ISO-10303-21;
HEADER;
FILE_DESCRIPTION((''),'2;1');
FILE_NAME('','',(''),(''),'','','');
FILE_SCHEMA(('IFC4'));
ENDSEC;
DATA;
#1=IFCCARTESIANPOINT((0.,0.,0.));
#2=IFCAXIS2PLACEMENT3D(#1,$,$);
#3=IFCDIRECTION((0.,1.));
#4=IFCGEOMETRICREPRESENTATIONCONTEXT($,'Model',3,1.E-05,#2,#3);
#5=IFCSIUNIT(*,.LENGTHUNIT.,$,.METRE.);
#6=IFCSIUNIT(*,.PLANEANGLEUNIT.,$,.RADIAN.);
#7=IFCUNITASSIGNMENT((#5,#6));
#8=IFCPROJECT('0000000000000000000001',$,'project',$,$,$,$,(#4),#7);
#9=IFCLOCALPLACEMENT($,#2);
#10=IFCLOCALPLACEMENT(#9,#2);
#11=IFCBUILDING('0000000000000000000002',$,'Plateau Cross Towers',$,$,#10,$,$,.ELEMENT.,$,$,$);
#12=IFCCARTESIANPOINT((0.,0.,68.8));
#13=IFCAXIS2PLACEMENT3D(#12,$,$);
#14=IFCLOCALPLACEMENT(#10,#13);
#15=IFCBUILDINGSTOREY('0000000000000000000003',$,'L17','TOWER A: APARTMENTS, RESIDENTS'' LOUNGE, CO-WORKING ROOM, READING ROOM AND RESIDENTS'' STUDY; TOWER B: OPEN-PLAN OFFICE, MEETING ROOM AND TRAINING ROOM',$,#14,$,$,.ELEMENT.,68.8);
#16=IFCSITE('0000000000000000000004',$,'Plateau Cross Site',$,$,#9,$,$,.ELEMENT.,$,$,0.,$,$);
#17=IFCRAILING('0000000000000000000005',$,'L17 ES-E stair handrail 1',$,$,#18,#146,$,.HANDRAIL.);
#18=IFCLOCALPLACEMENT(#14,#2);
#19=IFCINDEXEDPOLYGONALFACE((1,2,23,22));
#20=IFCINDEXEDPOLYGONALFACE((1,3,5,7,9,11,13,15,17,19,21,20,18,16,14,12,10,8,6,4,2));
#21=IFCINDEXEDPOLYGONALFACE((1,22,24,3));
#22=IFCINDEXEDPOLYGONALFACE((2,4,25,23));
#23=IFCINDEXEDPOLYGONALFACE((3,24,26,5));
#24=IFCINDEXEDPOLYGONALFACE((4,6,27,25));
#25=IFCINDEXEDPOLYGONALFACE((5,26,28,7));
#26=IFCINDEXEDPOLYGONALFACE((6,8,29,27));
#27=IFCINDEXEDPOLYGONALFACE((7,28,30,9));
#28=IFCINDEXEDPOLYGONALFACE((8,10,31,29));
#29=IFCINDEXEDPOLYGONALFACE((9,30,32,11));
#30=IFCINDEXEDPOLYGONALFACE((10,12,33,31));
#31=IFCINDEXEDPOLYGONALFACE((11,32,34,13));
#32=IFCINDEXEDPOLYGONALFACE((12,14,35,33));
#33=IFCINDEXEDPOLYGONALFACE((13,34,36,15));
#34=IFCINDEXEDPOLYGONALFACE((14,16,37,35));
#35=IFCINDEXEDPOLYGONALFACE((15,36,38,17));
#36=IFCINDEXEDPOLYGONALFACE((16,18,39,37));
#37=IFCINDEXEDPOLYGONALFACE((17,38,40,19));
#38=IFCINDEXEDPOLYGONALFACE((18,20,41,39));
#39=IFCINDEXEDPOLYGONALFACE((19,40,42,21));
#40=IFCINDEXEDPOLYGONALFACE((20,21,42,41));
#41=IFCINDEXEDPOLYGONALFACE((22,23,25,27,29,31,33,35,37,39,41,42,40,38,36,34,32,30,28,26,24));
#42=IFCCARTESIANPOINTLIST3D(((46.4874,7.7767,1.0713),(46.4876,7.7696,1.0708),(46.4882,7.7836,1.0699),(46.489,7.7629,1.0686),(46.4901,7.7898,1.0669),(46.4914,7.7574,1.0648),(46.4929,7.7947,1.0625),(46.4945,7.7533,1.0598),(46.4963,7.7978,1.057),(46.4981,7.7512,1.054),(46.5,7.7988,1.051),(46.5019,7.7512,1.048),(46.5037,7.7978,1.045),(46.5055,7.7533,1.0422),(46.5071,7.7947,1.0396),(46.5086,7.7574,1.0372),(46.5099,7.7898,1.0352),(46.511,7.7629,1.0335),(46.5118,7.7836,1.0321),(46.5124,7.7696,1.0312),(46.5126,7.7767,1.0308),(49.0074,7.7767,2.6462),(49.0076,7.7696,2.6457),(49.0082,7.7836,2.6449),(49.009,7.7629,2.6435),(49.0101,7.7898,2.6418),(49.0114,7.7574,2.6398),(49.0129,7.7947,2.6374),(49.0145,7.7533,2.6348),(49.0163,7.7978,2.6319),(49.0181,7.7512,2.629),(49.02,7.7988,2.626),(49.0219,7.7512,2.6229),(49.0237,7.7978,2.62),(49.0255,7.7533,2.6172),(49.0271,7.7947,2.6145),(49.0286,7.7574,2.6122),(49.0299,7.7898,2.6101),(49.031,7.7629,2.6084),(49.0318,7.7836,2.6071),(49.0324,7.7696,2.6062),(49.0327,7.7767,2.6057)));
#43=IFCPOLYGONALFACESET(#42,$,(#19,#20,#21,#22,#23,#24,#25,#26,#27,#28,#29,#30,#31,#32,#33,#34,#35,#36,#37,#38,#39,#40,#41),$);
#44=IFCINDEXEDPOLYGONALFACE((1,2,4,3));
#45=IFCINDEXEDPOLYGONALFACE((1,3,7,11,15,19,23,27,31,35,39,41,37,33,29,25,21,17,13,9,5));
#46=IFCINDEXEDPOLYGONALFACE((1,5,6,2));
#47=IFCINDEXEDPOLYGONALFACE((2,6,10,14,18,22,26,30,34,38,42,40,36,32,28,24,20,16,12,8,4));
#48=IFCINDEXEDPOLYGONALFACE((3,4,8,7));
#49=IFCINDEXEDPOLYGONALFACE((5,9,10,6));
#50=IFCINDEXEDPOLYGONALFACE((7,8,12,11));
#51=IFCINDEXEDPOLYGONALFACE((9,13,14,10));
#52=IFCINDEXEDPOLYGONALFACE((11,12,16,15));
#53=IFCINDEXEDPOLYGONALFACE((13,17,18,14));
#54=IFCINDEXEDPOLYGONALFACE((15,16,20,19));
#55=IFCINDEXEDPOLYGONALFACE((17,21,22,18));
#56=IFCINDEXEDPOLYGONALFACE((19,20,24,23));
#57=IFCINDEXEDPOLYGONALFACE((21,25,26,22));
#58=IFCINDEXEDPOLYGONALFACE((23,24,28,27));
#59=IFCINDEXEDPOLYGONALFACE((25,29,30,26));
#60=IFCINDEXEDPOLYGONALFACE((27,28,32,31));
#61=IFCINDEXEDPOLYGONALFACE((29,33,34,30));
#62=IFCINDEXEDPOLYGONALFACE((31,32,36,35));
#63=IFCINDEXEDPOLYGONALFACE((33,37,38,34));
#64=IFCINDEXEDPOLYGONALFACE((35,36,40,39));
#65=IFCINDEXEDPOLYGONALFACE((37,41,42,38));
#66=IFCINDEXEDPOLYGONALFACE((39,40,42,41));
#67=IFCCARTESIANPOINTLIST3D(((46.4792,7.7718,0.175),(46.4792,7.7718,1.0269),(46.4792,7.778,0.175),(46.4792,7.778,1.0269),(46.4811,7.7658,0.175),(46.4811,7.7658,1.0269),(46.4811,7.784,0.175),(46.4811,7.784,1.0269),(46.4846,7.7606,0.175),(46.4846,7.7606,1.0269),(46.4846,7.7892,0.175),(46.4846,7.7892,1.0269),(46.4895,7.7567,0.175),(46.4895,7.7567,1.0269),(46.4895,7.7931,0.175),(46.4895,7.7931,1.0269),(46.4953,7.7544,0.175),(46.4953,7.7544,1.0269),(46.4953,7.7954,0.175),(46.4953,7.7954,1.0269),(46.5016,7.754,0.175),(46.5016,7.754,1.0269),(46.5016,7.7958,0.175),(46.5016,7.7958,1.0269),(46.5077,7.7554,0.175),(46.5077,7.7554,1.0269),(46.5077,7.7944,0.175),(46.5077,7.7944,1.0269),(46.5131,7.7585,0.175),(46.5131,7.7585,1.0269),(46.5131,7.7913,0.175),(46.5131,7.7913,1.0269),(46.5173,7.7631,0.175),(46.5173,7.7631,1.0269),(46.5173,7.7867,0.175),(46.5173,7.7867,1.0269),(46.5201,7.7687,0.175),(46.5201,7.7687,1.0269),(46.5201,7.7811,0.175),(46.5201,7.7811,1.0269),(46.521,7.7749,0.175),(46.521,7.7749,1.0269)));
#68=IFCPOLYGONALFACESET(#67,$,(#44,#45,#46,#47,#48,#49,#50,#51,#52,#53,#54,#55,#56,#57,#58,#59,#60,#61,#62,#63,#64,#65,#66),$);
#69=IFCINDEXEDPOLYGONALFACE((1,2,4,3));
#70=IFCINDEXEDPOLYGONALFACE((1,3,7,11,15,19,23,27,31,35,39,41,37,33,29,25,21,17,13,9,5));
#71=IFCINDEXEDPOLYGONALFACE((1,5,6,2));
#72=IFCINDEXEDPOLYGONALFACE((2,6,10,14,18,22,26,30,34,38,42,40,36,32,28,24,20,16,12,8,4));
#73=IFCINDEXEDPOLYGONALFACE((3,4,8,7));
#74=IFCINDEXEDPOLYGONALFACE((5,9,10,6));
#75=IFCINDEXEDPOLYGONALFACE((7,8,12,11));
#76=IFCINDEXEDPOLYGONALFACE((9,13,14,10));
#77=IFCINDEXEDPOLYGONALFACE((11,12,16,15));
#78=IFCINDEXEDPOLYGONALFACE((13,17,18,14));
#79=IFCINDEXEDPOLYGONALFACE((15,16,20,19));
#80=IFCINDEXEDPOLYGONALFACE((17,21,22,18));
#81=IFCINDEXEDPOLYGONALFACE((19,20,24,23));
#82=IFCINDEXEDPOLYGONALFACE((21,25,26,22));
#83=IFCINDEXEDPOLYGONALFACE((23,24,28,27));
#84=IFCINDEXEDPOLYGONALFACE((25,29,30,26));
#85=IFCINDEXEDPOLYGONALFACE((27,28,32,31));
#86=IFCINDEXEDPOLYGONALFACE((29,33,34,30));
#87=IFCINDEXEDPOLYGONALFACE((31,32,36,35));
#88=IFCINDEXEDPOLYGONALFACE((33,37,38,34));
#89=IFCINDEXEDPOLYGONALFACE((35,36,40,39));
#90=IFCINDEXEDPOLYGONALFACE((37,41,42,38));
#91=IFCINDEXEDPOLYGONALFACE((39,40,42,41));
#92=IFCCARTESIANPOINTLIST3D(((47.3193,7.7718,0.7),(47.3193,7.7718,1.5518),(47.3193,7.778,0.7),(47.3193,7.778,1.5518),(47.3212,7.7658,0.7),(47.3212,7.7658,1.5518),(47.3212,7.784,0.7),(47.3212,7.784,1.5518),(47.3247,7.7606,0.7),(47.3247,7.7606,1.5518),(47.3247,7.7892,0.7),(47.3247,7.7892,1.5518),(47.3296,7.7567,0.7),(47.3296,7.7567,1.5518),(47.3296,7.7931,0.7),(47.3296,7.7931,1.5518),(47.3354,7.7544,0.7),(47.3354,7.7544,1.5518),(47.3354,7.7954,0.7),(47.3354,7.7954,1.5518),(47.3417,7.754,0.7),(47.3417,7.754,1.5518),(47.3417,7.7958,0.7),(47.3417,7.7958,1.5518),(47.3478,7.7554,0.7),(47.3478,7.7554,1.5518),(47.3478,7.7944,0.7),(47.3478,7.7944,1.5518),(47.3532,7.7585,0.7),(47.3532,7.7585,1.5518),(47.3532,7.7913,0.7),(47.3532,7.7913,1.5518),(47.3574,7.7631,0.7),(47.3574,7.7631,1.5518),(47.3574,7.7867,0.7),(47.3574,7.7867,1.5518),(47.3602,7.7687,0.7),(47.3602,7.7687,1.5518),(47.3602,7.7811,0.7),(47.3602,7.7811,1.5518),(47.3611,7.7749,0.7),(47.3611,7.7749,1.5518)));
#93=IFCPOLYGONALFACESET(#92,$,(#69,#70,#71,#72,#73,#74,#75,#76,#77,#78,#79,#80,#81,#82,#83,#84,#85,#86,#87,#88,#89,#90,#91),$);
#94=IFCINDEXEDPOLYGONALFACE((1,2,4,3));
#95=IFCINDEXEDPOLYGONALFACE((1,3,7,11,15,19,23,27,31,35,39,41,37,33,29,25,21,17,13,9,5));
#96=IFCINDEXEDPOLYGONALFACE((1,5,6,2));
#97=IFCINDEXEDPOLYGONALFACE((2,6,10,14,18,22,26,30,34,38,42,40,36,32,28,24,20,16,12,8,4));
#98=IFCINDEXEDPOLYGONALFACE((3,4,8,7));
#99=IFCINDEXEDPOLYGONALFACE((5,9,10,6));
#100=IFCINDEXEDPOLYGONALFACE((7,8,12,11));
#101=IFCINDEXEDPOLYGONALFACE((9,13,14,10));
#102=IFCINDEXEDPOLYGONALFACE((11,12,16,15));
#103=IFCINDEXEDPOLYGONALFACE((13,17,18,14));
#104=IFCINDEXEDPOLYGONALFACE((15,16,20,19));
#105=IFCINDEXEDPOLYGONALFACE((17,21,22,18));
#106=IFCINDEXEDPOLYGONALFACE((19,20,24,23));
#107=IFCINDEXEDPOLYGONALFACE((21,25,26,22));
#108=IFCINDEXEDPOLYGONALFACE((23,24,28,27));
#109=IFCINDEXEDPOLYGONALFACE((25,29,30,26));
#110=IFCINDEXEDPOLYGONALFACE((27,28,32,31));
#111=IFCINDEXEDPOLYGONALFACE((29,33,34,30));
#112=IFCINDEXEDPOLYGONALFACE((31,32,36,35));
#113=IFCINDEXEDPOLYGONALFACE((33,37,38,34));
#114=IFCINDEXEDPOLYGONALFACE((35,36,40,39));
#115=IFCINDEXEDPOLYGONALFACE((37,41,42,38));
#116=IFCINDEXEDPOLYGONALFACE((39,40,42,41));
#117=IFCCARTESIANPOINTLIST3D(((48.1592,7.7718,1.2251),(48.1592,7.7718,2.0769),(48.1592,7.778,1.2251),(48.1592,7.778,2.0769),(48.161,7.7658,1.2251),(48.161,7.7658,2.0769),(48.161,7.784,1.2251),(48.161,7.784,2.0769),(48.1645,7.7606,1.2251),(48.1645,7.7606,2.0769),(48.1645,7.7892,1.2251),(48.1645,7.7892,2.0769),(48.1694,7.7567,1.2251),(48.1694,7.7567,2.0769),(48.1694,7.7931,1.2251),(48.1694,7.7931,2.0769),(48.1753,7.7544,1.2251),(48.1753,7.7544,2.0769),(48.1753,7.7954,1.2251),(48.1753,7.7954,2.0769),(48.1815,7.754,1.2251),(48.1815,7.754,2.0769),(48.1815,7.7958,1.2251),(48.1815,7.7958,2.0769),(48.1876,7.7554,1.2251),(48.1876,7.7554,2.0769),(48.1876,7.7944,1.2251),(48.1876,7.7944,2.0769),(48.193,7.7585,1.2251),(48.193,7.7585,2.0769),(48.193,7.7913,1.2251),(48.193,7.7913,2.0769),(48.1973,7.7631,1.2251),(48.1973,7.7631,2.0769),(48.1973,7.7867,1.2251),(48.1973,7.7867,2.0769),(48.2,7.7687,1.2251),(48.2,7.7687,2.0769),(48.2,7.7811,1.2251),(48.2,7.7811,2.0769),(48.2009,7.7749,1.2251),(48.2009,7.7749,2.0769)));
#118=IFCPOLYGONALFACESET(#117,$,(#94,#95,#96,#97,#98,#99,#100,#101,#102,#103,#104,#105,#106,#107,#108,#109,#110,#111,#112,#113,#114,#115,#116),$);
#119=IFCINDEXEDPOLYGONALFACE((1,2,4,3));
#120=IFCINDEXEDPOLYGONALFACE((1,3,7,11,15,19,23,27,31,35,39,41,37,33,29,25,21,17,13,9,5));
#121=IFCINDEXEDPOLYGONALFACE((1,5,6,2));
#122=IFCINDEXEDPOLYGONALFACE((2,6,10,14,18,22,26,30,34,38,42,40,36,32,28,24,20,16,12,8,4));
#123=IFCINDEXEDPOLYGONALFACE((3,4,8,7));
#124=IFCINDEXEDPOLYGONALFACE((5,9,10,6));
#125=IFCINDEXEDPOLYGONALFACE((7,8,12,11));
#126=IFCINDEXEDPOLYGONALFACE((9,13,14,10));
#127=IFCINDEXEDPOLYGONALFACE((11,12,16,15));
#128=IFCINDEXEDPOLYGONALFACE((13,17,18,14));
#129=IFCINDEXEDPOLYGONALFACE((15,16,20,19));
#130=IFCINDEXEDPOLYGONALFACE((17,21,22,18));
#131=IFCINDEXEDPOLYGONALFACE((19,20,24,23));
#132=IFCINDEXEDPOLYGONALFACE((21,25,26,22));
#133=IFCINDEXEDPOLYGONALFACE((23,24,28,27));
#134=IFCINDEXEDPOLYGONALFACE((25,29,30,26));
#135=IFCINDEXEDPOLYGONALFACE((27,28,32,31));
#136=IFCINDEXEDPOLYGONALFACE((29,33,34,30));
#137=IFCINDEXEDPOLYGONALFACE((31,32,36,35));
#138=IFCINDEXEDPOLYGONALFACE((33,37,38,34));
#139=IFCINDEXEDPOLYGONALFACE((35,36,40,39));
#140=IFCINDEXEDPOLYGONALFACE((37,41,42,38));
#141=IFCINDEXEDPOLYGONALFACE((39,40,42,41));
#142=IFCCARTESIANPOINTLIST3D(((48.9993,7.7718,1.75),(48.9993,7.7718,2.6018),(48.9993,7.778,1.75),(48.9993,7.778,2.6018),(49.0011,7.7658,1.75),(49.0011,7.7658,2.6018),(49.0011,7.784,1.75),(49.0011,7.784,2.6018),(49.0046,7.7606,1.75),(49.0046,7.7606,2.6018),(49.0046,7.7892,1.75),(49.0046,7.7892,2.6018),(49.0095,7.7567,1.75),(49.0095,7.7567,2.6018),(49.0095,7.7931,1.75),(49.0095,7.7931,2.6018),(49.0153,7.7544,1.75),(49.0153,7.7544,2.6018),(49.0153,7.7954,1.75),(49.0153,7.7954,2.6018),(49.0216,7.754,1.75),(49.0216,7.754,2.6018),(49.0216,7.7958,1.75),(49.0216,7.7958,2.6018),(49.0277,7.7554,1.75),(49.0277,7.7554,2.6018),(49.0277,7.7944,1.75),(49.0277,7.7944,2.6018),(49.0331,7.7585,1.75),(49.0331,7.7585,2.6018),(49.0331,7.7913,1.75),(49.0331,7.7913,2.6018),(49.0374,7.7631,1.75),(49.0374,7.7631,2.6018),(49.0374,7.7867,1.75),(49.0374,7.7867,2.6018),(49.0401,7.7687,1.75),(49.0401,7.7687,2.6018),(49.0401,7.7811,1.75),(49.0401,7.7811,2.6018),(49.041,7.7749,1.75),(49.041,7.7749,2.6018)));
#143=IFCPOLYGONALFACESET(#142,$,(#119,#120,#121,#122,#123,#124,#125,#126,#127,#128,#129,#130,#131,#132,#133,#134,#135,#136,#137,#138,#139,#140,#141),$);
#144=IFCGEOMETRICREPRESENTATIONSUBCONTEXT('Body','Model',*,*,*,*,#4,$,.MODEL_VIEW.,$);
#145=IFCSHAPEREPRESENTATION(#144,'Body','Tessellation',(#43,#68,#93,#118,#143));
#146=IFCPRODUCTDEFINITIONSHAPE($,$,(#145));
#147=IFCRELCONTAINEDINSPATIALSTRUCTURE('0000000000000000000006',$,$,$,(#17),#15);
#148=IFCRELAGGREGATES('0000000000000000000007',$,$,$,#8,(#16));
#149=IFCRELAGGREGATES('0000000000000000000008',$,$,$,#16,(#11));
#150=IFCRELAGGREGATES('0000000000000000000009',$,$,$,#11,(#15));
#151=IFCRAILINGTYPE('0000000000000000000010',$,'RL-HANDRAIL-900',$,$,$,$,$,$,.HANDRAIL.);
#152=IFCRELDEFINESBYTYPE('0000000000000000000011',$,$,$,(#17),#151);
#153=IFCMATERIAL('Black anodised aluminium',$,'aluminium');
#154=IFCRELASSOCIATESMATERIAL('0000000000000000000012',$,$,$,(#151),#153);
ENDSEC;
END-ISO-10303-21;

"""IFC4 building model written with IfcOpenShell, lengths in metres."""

from ifc_helpers import new_model, si_unit, direction, frame, origin, origin_2d, place, context, subcontext, project, spatial, circle, extrude, material, type_object, element, save


model = new_model("IFC4")

# Units and contexts
model_context = context("Model", 3, precision=1e-05, world=origin(), true_north=direction((0.0, 1.0)))
body_context = subcontext(model_context, "Body", "Model", "MODEL_VIEW")
ifc_project = project(units=[si_unit("LENGTHUNIT", "METRE"), si_unit("PLANEANGLEUNIT", "RADIAN")], contexts=[model_context])

# Site, building, storey
site_placement = place(None, origin())
site = spatial("IfcSite", under=ifc_project, at=site_placement, Name="Plateau Cross Site", CompositionType="ELEMENT", RefElevation=0.0)
building_placement = place(site_placement, origin())
building = spatial("IfcBuilding", under=site, at=building_placement, Name="Plateau Cross Towers", CompositionType="ELEMENT")
storey_placement = place(building_placement, frame((0.0, 0.0, 68.8)))
storey = spatial("IfcBuildingStorey", under=building, at=storey_placement, Name="L17", Description="TOWER A: APARTMENTS, RESIDENTS' LOUNGE, CO-WORKING ROOM, READING ROOM AND RESIDENTS' STUDY; TOWER B: OPEN-PLAN OFFICE, MEETING ROOM AND TRAINING ROOM", CompositionType="ELEMENT", Elevation=68.8)

# Shared definitions
ifc_material_1 = material(Name="Black anodised aluminium", Category="aluminium")

# Railing
railing_type_1 = type_object("IfcRailingType", Name="RL-HANDRAIL-900", PredefinedType="HANDRAIL", material=ifc_material_1)
railing_1_placement = place(storey_placement, frame((46.5, 7.7749, 0.175)))
element("IfcRailing", 1, at=railing_1_placement, inside=storey, type_object=railing_type_1, Name="L17 ES-E stair handrail 1", PredefinedType="HANDRAIL", context=body_context, shape_type="SweptSolid", body=[
    extrude(circle(Radius=0.0239, at=origin_2d()), frame((0.0, 0.0, 0.876), z_axis=(0.848008, 0.0, 0.529984), x_axis=(0.0, 1.0, 0.0)), (0.0, 0.0, 1.0), 2.9717),
    extrude(circle(Radius=0.021, at=origin_2d()), origin(), (0.0, 0.0, 1.0), 0.8518),
    extrude(circle(Radius=0.021, at=origin_2d()), frame((0.8401, 0.0, 0.5249)), (0.0, 0.0, 1.0), 0.8518),
    extrude(circle(Radius=0.021, at=origin_2d()), frame((1.6799, 0.0, 1.05)), (0.0, 0.0, 1.0), 0.8518),
    extrude(circle(Radius=0.021, at=origin_2d()), frame((2.52, 0.0, 1.575)), (0.0, 0.0, 1.0), 0.8518),
])

save(model, "model.ifc")
